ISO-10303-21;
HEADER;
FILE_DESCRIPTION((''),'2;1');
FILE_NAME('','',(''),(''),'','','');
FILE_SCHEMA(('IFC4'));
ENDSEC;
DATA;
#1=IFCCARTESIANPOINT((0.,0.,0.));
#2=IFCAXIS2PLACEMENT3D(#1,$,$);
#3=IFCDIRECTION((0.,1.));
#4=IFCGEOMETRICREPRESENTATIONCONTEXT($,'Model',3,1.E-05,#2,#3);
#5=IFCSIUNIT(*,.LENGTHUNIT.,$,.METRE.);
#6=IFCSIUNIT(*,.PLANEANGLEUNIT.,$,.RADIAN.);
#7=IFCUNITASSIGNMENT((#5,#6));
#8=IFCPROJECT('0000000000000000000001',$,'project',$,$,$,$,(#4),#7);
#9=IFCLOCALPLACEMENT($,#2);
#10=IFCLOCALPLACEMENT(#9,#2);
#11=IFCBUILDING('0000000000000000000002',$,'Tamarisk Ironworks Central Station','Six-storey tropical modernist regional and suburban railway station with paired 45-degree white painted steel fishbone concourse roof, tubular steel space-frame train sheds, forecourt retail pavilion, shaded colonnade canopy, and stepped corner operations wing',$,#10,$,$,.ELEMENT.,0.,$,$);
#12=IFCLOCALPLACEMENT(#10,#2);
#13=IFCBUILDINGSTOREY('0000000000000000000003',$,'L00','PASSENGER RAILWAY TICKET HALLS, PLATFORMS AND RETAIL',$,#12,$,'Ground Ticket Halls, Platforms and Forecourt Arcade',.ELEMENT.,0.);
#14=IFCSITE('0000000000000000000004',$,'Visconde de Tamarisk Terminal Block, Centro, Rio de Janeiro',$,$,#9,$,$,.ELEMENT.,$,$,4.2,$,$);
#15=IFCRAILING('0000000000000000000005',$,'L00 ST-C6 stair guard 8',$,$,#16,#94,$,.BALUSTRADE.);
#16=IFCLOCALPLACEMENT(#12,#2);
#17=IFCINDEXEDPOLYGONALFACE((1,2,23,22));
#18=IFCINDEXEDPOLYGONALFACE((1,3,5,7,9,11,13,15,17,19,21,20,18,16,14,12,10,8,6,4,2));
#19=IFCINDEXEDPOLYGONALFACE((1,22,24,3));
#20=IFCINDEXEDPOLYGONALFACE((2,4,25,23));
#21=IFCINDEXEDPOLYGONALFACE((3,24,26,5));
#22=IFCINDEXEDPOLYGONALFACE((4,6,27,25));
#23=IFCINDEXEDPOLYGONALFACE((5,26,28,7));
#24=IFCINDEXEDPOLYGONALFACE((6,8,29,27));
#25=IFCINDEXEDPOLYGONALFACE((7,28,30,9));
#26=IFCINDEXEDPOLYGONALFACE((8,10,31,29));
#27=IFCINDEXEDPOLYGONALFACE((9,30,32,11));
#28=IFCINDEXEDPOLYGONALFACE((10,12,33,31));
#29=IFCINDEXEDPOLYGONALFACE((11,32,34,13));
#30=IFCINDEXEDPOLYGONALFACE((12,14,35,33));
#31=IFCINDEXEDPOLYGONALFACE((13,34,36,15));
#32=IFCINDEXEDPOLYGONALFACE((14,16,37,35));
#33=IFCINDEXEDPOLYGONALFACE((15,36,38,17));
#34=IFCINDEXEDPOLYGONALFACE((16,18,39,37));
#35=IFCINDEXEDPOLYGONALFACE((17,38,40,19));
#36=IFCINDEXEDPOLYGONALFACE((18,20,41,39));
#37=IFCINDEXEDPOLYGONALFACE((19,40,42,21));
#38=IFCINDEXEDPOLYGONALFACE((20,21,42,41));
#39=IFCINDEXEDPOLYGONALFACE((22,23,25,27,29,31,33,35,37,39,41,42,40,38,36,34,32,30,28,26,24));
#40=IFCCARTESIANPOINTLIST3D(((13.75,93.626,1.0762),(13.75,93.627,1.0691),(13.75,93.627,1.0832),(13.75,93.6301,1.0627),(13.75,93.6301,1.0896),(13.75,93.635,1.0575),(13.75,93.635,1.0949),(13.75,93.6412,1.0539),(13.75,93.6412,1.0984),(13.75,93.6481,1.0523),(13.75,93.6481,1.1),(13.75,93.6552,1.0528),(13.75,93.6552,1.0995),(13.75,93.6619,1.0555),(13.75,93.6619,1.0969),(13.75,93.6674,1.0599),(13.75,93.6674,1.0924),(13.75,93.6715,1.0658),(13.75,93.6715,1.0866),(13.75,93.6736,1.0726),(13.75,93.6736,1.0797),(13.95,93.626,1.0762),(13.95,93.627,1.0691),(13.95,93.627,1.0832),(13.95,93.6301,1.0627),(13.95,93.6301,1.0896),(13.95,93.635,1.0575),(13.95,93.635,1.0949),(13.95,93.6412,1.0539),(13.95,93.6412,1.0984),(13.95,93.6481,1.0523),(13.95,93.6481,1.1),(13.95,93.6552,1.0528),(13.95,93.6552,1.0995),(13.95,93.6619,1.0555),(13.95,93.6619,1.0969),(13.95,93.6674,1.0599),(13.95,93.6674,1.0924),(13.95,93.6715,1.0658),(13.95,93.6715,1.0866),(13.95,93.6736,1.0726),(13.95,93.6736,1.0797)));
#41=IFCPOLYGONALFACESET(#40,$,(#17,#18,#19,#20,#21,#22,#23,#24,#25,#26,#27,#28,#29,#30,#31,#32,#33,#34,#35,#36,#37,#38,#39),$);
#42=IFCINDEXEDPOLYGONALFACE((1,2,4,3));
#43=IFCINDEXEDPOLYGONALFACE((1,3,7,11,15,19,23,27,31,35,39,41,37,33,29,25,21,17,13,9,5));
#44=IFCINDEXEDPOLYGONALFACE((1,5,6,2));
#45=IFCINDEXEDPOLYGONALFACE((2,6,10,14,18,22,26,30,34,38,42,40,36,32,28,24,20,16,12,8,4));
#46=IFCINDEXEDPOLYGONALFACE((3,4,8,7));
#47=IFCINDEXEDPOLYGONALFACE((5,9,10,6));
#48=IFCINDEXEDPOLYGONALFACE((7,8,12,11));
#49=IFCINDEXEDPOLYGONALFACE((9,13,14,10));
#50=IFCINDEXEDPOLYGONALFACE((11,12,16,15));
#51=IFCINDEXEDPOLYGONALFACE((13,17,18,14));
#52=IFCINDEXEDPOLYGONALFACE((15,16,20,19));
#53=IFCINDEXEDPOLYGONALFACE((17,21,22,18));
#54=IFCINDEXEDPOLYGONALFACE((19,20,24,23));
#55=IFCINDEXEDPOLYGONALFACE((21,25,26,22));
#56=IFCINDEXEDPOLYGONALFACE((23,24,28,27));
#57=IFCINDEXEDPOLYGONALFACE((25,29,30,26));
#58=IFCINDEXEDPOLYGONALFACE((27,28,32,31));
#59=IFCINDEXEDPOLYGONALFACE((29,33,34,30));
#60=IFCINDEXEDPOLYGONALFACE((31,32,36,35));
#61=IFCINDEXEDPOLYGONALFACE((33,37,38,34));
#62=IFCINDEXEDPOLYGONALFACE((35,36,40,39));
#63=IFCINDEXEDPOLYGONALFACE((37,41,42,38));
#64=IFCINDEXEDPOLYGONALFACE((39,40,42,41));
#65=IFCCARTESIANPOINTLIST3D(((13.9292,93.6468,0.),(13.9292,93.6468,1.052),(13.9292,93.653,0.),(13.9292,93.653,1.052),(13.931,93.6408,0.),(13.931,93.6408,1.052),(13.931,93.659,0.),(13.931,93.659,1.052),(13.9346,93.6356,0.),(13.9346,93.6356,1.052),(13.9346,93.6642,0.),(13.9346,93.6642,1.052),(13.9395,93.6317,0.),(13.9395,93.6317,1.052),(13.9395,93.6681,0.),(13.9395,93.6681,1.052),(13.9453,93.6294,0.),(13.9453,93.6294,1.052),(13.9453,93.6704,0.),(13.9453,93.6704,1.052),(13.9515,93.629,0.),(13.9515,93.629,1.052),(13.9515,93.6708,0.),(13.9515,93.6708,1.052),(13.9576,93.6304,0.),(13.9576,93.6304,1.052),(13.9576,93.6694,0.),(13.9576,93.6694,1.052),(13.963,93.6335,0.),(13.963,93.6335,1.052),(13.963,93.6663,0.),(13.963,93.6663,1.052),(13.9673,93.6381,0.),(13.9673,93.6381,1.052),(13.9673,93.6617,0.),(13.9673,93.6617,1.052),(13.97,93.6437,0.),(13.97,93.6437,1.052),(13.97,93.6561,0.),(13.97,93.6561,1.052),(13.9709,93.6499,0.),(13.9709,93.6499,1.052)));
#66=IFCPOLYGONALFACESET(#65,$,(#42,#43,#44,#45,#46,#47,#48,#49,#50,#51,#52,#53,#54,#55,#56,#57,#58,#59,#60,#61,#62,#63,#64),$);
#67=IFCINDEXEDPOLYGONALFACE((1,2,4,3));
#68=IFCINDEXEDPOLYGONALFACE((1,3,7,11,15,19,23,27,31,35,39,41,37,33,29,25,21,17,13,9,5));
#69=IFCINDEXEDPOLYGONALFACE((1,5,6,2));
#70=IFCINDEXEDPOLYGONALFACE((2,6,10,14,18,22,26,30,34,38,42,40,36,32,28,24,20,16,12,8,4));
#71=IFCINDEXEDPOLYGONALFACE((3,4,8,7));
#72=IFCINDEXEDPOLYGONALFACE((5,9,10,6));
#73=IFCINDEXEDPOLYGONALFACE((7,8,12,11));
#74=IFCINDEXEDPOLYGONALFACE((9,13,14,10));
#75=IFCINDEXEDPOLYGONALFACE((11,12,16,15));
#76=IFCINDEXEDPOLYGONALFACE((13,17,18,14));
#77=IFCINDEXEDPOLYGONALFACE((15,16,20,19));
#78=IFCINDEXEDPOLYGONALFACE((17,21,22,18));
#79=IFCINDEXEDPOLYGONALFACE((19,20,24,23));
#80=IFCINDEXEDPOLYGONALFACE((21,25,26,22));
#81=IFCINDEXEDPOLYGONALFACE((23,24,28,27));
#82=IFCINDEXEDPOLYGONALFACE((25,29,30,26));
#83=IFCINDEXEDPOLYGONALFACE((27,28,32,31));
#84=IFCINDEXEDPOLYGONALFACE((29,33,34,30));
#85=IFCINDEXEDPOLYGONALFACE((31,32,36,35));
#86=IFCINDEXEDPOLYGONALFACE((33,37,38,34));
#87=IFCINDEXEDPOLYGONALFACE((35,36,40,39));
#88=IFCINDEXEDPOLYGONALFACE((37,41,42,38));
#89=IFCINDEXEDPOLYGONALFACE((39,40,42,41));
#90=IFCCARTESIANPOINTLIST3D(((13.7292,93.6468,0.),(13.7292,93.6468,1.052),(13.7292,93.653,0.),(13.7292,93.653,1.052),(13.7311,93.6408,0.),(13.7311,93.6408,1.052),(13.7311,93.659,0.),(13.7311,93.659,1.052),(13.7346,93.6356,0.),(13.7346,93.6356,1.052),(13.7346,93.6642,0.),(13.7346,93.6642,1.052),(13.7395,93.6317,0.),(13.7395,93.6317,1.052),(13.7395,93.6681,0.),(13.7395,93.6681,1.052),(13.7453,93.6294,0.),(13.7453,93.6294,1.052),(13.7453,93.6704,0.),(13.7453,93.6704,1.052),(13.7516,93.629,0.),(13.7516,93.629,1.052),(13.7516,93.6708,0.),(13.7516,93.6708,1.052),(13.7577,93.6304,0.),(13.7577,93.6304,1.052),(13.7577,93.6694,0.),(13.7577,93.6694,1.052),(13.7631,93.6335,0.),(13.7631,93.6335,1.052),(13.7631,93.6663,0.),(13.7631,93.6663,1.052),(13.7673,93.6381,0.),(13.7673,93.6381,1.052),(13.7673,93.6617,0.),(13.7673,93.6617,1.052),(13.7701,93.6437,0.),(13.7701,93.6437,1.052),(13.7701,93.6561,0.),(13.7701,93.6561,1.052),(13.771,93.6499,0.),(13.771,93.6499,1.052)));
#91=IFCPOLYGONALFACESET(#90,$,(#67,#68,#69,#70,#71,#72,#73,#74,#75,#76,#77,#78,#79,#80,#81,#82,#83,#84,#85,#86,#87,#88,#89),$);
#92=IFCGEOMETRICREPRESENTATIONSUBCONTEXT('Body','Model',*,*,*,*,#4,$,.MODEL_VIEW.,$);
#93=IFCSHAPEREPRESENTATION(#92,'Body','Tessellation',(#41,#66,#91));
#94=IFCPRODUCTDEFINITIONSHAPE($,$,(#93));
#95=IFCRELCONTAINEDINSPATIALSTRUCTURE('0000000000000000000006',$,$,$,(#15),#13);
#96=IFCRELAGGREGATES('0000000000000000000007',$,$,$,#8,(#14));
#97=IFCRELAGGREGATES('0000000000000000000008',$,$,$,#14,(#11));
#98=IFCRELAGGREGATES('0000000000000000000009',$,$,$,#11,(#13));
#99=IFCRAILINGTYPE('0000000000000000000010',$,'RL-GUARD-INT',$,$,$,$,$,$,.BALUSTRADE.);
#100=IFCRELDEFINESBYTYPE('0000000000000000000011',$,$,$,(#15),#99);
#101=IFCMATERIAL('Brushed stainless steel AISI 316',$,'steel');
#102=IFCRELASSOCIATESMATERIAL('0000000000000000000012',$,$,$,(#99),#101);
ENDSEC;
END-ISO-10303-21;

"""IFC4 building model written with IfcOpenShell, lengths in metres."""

from ifc_helpers import new_model, si_unit, direction, frame, origin, origin_2d, place, context, subcontext, project, spatial, circle, extrude, material, type_object, element, save


model = new_model("IFC4")

# Units and contexts
model_context = context("Model", 3, precision=1e-05, world=origin(), true_north=direction((0.0, 1.0)))
body_context = subcontext(model_context, "Body", "Model", "MODEL_VIEW")
ifc_project = project(units=[si_unit("LENGTHUNIT", "METRE"), si_unit("PLANEANGLEUNIT", "RADIAN")], contexts=[model_context])

# Site, building, storey
site_placement = place(None, origin())
site = spatial("IfcSite", under=ifc_project, at=site_placement, Name="Visconde de Tamarisk Terminal Block, Centro, Rio de Janeiro", CompositionType="ELEMENT", RefElevation=4.2)
building_placement = place(site_placement, origin())
building = spatial("IfcBuilding", under=site, at=building_placement, Name="Tamarisk Ironworks Central Station", Description="Six-storey tropical modernist regional and suburban railway station with paired 45-degree white painted steel fishbone concourse roof, tubular steel space-frame train sheds, forecourt retail pavilion, shaded colonnade canopy, and stepped corner operations wing", CompositionType="ELEMENT", ElevationOfRefHeight=0.0)
storey_placement = place(building_placement, origin())
storey = spatial("IfcBuildingStorey", under=building, at=storey_placement, Name="L00", Description="PASSENGER RAILWAY TICKET HALLS, PLATFORMS AND RETAIL", LongName="Ground Ticket Halls, Platforms and Forecourt Arcade", CompositionType="ELEMENT", Elevation=0.0)

# Railing
ifc_material_1 = material(Name="Brushed stainless steel AISI 316", Category="steel")
railing_type_1 = type_object("IfcRailingType", Name="RL-GUARD-INT", PredefinedType="BALUSTRADE", material=ifc_material_1)
railing_1_placement = place(storey_placement, frame((13.95, 93.6499, 0.0)))
element("IfcRailing", 1, at=railing_1_placement, inside=storey, type_object=railing_type_1, Name="L00 ST-C6 stair guard 8", PredefinedType="BALUSTRADE", context=body_context, shape_type="SweptSolid", body=[
    extrude(circle(Radius=0.0239, at=origin_2d()), frame((0.0, 0.0, 1.0762), z_axis=(-1.0, 0.0, 0.0), x_axis=(0.0, -1.0, 0.0)), (0.0, 0.0, 1.0), 0.2),
    extrude(circle(Radius=0.021, at=origin_2d()), origin(), (0.0, 0.0, 1.0), 1.052),
    extrude(circle(Radius=0.021, at=origin_2d()), frame((-0.2, 0.0, 0.0)), (0.0, 0.0, 1.0), 1.052),
])

save(model, "model.ifc")
